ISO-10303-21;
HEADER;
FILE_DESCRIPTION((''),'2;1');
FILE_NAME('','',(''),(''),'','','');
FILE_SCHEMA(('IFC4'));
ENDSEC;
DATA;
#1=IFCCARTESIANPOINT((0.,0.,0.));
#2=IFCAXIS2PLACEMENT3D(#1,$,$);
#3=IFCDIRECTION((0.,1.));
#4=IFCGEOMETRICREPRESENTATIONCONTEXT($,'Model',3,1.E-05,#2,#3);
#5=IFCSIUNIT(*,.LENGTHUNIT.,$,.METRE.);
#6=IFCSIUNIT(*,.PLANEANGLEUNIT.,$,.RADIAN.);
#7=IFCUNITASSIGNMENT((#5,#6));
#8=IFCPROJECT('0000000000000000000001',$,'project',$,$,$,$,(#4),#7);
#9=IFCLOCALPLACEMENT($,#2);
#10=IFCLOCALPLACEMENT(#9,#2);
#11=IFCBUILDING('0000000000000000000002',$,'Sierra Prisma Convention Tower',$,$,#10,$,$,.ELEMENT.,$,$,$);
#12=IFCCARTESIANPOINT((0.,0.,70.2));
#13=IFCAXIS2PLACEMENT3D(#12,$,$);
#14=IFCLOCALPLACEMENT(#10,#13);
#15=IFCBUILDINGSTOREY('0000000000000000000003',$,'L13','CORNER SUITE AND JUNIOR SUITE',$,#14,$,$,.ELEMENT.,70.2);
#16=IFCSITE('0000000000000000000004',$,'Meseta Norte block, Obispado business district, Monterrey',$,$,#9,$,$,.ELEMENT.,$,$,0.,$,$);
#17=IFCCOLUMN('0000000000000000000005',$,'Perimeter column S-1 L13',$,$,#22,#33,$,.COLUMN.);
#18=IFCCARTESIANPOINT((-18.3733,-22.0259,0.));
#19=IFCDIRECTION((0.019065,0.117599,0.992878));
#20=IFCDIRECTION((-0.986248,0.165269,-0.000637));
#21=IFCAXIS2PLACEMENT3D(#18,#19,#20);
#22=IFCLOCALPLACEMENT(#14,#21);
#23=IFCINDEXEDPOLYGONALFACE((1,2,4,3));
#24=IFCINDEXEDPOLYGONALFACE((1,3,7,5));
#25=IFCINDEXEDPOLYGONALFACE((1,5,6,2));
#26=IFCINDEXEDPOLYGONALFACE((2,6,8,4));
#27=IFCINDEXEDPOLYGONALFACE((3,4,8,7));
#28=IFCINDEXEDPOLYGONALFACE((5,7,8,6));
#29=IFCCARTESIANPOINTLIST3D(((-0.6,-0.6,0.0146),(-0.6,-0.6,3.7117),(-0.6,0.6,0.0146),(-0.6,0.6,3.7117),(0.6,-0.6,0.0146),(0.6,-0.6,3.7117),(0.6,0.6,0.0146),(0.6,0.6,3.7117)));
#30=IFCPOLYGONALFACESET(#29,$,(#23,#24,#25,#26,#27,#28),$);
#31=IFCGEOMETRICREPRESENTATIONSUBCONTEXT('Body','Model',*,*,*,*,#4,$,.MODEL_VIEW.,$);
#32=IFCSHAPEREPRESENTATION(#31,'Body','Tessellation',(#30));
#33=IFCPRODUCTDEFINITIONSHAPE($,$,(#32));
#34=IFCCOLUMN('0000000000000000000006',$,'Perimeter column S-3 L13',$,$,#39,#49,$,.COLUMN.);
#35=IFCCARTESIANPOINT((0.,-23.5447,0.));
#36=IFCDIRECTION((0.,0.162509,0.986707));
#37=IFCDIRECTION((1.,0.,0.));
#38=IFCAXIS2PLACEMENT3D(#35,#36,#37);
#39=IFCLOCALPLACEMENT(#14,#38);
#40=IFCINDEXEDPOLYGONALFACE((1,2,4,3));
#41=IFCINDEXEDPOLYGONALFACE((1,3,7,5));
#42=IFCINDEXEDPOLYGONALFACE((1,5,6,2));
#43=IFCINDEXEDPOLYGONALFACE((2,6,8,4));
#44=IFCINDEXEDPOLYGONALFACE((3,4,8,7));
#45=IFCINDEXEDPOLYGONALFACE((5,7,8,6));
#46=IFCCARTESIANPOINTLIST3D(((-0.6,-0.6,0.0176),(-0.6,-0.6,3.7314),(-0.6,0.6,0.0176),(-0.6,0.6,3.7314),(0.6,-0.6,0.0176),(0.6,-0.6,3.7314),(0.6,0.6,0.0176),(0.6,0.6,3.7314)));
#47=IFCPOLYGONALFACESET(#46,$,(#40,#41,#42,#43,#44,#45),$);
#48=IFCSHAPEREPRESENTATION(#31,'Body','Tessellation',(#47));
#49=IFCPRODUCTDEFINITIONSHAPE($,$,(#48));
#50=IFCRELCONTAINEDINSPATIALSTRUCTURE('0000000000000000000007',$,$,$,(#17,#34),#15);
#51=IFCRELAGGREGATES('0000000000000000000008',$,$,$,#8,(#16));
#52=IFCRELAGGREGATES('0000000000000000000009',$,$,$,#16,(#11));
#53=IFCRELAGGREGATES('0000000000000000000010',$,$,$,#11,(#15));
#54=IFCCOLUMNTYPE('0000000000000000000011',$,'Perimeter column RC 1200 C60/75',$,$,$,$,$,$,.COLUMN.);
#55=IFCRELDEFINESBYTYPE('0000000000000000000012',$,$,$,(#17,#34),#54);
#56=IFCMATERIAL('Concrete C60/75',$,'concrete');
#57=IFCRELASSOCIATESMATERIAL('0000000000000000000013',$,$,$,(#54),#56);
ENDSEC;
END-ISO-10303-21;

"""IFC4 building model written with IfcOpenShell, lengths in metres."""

from ifc_helpers import new_model, si_unit, direction, frame, origin, origin_2d, place, context, subcontext, project, spatial, rectangle, extrude, clip, halfspace, material, material_profile, profile_set, type_object, element, save


model = new_model("IFC4")

# Units and contexts
model_context = context("Model", 3, precision=1e-05, world=origin(), true_north=direction((0.0, 1.0)))
body_context = subcontext(model_context, "Body", "Model", "MODEL_VIEW")
ifc_project = project(units=[si_unit("LENGTHUNIT", "METRE"), si_unit("PLANEANGLEUNIT", "RADIAN")], contexts=[model_context])

# Site, building, storey
site_placement = place(None, origin())
site = spatial("IfcSite", under=ifc_project, at=site_placement, Name="Meseta Norte block, Obispado business district, Monterrey", CompositionType="ELEMENT", RefElevation=0.0)
building_placement = place(site_placement, origin())
building = spatial("IfcBuilding", under=site, at=building_placement, Name="Sierra Prisma Convention Tower", CompositionType="ELEMENT")
storey_placement = place(building_placement, frame((0.0, 0.0, 70.2)))
storey = spatial("IfcBuildingStorey", under=building, at=storey_placement, Name="L13", Description="CORNER SUITE AND JUNIOR SUITE", CompositionType="ELEMENT", Elevation=70.2)

# Columns
ifc_material_1 = material(Name="Concrete C60/75", Category="concrete")
ifc_material_profile_1 = material_profile(ifc_material_1, rectangle(XDim=1.2, YDim=1.2, at=origin_2d()), Name="Perimeter column RC 1200 C60/75")
ifc_profile_set_1 = profile_set([ifc_material_profile_1], Name="Concrete C60/75")
column_type = type_object("IfcColumnType", Name="Perimeter column RC 1200 C60/75", PredefinedType="COLUMN", material=ifc_profile_set_1)
column_1_placement = place(storey_placement, frame((-18.3733, -22.0259, 0.0), z_axis=(0.019065, 0.117599, 0.992878), x_axis=(-0.986248, 0.165269, -0.000637)))
element("IfcColumn", 1, at=column_1_placement, inside=storey, type_object=column_type, Name="Perimeter column S-1 L13", PredefinedType="COLUMN", context=body_context, shape_type="SweptSolid", body=[
    clip(clip(extrude(rectangle(XDim=1.2, YDim=1.2, at=origin_2d()), origin(), (0.0, 0.0, 1.0), 3.7266), halfspace(frame((0.0, 0.0, 0.0146)), True)), halfspace(frame((0.0, 0.0, 3.7117)), False)),
])
column_2_placement = place(storey_placement, frame((0.0, -23.5447, 0.0), z_axis=(0.0, 0.162509, 0.986707), x_axis=(1.0, 0.0, 0.0)))
element("IfcColumn", 2, at=column_2_placement, inside=storey, type_object=column_type, Name="Perimeter column S-3 L13", PredefinedType="COLUMN", context=body_context, shape_type="SweptSolid", body=[
    clip(clip(extrude(rectangle(XDim=1.2, YDim=1.2, at=origin_2d()), origin(), (0.0, 0.0, 1.0), 3.7498), halfspace(frame((0.0, 0.0, 0.0176)), True)), halfspace(frame((0.0, 0.0, 3.7314)), False)),
])

save(model, "model.ifc")
